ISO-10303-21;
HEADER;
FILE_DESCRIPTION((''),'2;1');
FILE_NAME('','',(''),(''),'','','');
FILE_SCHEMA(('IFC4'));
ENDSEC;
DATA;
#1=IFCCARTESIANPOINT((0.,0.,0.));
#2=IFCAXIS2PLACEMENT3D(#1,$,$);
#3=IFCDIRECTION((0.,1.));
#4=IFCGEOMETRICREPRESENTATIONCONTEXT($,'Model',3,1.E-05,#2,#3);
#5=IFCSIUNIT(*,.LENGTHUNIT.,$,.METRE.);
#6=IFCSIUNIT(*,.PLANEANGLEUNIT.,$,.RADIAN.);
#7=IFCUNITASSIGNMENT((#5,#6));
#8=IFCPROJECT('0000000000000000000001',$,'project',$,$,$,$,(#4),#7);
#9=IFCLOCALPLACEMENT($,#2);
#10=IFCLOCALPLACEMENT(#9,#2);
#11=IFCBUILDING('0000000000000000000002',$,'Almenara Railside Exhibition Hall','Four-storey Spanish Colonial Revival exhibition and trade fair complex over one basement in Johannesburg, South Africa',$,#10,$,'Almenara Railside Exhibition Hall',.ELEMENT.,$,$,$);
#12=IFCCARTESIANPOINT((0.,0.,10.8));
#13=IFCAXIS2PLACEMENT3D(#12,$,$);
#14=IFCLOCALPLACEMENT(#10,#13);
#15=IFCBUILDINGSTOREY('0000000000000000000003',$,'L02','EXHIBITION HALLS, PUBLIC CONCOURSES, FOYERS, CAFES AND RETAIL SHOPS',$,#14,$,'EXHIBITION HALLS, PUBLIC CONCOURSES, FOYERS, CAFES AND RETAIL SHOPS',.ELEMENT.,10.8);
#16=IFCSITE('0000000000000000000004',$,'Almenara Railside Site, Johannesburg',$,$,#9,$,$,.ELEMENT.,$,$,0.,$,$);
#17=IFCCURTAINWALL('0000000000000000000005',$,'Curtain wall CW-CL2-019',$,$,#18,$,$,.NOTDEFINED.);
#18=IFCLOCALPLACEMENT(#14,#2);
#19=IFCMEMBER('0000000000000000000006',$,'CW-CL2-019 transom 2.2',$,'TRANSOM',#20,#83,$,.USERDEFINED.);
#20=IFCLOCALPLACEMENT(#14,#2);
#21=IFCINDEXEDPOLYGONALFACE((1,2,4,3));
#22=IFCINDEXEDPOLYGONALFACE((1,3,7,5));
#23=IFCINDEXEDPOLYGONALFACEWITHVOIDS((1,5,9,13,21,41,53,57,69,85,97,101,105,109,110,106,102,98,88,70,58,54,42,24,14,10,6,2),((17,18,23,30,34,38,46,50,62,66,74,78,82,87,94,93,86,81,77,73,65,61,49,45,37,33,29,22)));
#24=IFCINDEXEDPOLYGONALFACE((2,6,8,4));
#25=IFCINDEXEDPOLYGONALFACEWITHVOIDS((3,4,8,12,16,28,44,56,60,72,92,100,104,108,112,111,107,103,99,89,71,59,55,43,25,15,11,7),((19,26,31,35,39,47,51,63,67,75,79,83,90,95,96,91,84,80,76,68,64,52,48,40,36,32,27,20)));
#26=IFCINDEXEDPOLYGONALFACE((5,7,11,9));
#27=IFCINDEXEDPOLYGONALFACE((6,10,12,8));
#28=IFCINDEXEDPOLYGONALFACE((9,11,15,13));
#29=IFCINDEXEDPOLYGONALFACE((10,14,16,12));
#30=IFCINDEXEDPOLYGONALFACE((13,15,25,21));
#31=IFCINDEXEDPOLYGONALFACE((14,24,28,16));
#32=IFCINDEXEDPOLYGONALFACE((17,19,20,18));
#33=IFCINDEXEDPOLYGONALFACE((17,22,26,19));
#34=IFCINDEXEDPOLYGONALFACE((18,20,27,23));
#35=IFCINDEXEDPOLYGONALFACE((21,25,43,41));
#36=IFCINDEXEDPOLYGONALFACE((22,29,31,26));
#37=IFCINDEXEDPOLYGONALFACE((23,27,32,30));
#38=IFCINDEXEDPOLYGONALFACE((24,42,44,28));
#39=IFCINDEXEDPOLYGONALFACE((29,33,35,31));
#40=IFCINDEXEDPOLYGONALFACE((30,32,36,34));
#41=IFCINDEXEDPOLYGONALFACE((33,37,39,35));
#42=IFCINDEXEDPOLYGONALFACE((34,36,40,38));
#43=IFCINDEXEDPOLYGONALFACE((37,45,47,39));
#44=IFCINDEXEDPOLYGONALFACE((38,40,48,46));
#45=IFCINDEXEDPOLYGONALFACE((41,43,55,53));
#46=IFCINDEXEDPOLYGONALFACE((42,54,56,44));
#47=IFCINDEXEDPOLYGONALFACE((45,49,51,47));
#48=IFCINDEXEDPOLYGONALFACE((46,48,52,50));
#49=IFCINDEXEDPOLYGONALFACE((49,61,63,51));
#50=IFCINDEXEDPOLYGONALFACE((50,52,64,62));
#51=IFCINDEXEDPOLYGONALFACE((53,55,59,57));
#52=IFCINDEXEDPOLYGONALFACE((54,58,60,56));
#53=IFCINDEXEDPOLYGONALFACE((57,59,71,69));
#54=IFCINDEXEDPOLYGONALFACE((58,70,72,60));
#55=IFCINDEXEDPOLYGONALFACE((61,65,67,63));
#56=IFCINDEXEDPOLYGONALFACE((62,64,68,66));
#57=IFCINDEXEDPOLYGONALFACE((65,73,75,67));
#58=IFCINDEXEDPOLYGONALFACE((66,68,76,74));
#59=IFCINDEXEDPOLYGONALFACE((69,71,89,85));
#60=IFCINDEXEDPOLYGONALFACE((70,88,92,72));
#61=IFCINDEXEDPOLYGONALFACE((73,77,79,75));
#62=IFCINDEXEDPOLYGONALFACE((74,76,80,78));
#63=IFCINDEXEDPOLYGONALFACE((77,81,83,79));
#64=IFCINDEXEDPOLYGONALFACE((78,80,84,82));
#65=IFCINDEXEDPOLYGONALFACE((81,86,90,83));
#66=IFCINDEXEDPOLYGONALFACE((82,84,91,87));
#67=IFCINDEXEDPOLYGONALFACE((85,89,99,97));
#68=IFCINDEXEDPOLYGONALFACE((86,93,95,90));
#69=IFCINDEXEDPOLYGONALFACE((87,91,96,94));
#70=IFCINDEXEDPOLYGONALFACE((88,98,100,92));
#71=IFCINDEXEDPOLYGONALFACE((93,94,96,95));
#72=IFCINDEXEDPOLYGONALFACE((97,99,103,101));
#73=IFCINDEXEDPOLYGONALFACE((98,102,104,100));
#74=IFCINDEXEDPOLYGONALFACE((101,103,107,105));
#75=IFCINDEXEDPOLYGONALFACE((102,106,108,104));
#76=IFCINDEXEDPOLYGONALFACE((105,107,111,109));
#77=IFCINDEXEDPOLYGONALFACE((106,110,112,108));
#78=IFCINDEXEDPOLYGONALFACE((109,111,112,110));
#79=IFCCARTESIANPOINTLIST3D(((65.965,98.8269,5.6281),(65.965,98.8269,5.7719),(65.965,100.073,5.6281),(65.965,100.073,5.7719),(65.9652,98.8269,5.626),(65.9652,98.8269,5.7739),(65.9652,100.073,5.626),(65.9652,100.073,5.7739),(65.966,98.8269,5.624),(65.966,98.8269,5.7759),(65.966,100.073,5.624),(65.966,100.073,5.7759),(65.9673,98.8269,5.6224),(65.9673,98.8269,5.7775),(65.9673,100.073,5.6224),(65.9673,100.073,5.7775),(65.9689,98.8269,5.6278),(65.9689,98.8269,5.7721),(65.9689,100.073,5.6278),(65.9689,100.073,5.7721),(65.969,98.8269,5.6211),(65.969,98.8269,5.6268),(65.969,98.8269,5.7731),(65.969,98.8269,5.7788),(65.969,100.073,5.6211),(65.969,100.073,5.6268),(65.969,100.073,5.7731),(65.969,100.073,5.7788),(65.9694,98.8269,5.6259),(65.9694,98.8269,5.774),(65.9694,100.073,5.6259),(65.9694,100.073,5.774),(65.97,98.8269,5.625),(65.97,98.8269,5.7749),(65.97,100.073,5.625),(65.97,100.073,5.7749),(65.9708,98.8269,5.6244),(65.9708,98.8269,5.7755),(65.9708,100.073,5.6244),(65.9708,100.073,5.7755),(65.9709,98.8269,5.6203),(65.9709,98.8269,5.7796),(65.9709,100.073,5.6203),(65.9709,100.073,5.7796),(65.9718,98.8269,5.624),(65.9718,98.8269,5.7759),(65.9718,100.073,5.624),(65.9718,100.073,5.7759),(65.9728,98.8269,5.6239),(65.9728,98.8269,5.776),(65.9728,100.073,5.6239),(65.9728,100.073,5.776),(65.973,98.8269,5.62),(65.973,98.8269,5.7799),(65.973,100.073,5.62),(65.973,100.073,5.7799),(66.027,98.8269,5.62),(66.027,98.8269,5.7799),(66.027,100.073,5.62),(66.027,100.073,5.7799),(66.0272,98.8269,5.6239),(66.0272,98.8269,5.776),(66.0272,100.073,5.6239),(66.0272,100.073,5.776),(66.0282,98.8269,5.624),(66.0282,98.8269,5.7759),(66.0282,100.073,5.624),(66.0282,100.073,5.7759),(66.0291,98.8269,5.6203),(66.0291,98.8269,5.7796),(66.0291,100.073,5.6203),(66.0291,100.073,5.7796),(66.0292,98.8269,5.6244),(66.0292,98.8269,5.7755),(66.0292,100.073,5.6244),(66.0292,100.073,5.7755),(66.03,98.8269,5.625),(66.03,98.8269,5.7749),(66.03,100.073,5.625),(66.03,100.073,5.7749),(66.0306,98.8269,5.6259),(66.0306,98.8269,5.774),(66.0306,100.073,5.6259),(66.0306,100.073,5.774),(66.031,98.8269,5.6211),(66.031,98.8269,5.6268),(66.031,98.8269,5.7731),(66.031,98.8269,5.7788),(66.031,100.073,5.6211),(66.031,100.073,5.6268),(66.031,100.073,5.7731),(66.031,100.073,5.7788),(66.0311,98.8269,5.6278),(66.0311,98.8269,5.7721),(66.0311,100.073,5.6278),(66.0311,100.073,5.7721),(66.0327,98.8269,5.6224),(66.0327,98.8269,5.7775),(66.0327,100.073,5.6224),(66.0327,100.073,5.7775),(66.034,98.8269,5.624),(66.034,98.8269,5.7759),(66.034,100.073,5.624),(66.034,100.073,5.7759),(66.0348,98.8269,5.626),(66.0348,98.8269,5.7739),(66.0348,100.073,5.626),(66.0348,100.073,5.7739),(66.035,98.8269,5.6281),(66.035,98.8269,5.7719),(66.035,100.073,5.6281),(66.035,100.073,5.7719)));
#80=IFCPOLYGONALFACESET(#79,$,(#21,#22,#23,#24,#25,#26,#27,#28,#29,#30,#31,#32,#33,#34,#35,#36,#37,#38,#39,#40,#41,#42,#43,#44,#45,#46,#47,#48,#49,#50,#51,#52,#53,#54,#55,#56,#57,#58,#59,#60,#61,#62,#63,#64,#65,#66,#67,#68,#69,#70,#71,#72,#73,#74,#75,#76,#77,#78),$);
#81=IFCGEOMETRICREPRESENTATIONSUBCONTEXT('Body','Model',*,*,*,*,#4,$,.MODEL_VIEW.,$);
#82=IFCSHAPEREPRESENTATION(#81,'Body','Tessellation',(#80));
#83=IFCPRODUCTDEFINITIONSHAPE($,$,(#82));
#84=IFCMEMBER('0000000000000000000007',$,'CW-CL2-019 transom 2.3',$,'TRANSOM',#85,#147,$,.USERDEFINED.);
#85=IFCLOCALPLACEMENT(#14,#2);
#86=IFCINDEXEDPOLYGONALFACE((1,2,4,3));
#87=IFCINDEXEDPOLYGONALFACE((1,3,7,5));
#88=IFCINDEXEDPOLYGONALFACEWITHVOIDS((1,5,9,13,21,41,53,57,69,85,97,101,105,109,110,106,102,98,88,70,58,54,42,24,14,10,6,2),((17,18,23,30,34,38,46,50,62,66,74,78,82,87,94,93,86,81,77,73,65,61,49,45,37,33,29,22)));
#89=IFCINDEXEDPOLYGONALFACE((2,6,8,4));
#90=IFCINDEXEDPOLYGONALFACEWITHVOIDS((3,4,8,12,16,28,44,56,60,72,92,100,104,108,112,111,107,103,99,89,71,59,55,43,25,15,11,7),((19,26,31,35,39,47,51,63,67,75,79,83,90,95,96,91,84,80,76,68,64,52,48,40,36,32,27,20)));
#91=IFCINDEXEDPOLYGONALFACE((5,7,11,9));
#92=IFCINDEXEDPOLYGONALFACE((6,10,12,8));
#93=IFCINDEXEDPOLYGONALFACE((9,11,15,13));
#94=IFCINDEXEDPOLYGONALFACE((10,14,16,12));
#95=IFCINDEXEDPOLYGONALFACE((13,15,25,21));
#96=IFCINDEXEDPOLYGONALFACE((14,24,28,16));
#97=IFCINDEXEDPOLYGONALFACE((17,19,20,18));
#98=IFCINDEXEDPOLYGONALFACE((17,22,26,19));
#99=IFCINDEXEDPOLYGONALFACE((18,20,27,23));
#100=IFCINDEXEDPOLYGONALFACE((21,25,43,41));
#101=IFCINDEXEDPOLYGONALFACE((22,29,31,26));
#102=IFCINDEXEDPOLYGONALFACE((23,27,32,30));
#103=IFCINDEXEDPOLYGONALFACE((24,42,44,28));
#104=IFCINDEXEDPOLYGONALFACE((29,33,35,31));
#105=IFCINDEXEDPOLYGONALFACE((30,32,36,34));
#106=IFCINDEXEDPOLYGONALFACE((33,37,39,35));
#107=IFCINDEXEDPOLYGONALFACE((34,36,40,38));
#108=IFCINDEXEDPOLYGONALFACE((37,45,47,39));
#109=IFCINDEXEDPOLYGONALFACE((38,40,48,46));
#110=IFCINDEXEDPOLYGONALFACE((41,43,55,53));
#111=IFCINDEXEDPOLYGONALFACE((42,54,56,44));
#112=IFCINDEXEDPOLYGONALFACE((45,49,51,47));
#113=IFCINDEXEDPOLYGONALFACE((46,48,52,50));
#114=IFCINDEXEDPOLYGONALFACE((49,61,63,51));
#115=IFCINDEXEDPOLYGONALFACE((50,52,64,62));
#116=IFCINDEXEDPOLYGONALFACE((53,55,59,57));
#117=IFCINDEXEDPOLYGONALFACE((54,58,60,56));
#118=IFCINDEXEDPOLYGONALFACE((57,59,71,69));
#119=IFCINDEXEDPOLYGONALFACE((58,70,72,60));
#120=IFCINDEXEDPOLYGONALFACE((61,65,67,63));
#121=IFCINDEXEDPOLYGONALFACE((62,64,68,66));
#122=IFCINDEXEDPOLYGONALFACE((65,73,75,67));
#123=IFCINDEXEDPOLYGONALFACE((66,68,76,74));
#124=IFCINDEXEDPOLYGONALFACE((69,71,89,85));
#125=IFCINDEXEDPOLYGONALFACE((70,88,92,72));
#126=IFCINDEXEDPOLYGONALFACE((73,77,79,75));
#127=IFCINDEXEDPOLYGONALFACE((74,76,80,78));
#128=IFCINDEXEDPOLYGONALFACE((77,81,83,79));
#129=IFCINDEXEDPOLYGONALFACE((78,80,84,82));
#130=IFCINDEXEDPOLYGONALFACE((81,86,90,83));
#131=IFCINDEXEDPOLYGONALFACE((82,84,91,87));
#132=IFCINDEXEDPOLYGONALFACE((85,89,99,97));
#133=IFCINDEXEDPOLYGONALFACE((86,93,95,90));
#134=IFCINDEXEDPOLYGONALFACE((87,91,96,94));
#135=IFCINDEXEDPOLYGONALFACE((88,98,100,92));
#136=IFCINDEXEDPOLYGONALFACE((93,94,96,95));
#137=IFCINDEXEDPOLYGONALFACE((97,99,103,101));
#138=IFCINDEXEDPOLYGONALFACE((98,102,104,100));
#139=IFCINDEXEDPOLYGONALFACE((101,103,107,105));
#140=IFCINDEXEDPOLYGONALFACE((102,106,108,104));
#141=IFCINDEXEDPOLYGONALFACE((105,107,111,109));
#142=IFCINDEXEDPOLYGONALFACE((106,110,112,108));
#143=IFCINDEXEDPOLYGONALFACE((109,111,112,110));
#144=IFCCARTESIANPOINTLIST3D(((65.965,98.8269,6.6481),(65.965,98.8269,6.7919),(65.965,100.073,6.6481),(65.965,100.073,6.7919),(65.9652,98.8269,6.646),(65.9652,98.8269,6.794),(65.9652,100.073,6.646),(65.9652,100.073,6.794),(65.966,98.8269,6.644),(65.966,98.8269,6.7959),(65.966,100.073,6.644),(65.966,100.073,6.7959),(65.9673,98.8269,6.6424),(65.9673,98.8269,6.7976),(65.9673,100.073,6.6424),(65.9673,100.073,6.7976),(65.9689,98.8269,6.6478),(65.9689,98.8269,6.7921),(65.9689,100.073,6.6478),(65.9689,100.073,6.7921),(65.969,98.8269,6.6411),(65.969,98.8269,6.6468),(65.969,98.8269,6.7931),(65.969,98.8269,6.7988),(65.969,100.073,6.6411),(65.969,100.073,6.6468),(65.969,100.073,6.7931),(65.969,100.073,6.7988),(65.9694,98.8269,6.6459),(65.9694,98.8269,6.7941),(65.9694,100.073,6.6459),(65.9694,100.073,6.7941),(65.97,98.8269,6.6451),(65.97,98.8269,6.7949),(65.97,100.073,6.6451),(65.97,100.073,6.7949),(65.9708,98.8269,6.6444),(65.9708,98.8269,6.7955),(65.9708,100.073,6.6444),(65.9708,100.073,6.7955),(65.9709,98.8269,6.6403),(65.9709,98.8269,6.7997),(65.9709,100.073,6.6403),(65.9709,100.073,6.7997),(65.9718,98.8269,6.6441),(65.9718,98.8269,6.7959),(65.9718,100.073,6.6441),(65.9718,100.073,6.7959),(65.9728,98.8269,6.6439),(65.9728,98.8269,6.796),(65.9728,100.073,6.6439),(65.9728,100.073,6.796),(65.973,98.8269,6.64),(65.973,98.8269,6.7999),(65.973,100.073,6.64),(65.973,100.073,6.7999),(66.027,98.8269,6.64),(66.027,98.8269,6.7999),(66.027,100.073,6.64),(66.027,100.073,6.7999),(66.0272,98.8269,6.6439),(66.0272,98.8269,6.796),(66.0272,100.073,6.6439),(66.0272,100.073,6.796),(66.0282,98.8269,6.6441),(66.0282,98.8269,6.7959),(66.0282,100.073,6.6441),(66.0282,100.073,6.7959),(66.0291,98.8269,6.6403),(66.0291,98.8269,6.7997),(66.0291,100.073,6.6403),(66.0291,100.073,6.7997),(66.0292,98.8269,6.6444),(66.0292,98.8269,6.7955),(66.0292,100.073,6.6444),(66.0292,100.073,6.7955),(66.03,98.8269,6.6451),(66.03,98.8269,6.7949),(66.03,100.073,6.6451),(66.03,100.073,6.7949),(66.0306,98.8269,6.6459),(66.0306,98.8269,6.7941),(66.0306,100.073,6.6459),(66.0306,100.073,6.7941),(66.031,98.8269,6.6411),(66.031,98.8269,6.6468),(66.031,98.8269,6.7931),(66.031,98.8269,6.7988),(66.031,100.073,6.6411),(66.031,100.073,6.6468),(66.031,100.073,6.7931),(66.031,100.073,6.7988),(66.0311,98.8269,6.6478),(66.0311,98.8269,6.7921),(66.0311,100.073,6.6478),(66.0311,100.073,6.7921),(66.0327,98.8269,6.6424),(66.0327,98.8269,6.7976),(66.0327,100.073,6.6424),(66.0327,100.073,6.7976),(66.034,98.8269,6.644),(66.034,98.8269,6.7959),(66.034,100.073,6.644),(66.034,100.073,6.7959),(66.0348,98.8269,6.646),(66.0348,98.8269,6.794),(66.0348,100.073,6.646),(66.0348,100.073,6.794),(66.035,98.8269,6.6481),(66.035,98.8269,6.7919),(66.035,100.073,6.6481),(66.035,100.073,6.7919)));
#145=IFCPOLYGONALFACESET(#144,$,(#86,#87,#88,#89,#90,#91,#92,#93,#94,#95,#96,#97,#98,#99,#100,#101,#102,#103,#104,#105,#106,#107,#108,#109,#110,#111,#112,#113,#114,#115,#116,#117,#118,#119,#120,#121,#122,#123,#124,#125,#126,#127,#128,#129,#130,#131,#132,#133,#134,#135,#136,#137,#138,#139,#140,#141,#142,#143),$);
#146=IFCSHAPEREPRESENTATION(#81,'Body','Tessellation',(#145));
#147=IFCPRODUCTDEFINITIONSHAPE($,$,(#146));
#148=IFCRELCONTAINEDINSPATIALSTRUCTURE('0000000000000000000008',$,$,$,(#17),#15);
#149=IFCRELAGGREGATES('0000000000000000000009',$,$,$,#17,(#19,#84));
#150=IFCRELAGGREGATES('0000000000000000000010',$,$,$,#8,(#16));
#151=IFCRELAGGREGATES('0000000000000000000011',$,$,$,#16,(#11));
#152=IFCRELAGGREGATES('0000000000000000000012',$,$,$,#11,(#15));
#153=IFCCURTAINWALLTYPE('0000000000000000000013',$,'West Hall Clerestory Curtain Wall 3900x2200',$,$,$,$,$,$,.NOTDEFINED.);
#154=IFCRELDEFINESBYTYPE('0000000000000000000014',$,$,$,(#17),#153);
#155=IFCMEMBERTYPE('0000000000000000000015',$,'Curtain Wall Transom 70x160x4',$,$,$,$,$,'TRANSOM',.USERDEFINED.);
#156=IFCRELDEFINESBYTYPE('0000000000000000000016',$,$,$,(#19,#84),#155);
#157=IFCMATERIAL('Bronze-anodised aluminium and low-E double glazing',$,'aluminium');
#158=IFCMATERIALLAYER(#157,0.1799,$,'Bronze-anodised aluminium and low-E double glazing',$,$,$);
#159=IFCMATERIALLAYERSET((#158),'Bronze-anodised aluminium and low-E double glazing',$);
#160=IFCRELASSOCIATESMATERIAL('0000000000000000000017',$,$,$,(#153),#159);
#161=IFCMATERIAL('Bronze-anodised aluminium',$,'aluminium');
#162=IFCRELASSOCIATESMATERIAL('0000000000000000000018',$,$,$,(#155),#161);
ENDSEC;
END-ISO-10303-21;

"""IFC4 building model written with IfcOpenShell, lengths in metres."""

from ifc_helpers import new_model, si_unit, direction, frame, origin, origin_2d, place, context, subcontext, project, spatial, hollow_rectangle, extrude, material, layer, layer_set, material_profile, profile_set, type_object, element, aggregate, save


model = new_model("IFC4")

# Units and contexts
model_context = context("Model", 3, precision=1e-05, world=origin(), true_north=direction((0.0, 1.0)))
body_context = subcontext(model_context, "Body", "Model", "MODEL_VIEW")
ifc_project = project(units=[si_unit("LENGTHUNIT", "METRE"), si_unit("PLANEANGLEUNIT", "RADIAN")], contexts=[model_context])

# Site, building, storey
site_placement = place(None, origin())
site = spatial("IfcSite", under=ifc_project, at=site_placement, Name="Almenara Railside Site, Johannesburg", CompositionType="ELEMENT", RefElevation=0.0)
building_placement = place(site_placement, origin())
building = spatial("IfcBuilding", under=site, at=building_placement, Name="Almenara Railside Exhibition Hall", Description="Four-storey Spanish Colonial Revival exhibition and trade fair complex over one basement in Johannesburg, South Africa", LongName="Almenara Railside Exhibition Hall", CompositionType="ELEMENT")
storey_placement = place(building_placement, frame((0.0, 0.0, 10.8)))
storey = spatial("IfcBuildingStorey", under=building, at=storey_placement, Name="L02", Description="EXHIBITION HALLS, PUBLIC CONCOURSES, FOYERS, CAFES AND RETAIL SHOPS", LongName="EXHIBITION HALLS, PUBLIC CONCOURSES, FOYERS, CAFES AND RETAIL SHOPS", CompositionType="ELEMENT", Elevation=10.8)

# Curtain wall
ifc_material_1 = material(Name="Bronze-anodised aluminium and low-E double glazing", Category="aluminium")
ifc_layer_1 = layer(ifc_material_1, 0.1799, Name="Bronze-anodised aluminium and low-E double glazing")
ifc_layer_set_1 = layer_set([ifc_layer_1], Name="Bronze-anodised aluminium and low-E double glazing")
curtain_wall_type = type_object("IfcCurtainWallType", Name="West Hall Clerestory Curtain Wall 3900x2200", PredefinedType="NOTDEFINED", material=ifc_layer_set_1)
ifc_material_2 = material(Name="Bronze-anodised aluminium", Category="aluminium")
curtain_wall_1_placement = place(storey_placement, origin())
curtain_wall_1 = element("IfcCurtainWall", 1, at=curtain_wall_1_placement, inside=storey, type_object=curtain_wall_type, Name="Curtain wall CW-CL2-019", PredefinedType="NOTDEFINED")

# Members
ifc_material_profile_1 = material_profile(ifc_material_2, hollow_rectangle(XDim=0.0701, YDim=0.1599, WallThickness=0.0039, InnerFilletRadius=0.0039, OuterFilletRadius=0.0081, at=origin_2d()), Name="ALU-TRN 70x160x4")
ifc_profile_set_1 = profile_set([ifc_material_profile_1], Name="Bronze-anodised aluminium")
member_type_1 = type_object("IfcMemberType", Name="Curtain Wall Transom 70x160x4", ElementType="TRANSOM", PredefinedType="USERDEFINED", material=ifc_profile_set_1)
member_1_placement = place(storey_placement, frame((66.0, 98.8269, 5.7), z_axis=(0.0, 1.0, 0.0), x_axis=(-1.0, 0.0, 0.0)))
member_1 = element("IfcMember", 2, at=member_1_placement, type_object=member_type_1, Name="CW-CL2-019 transom 2.2", ObjectType="TRANSOM", PredefinedType="USERDEFINED", context=body_context, shape_type="SweptSolid", body=[
    extrude(hollow_rectangle(XDim=0.0701, YDim=0.1599, WallThickness=0.0039, InnerFilletRadius=0.0039, OuterFilletRadius=0.0081, at=origin_2d()), origin(), (0.0, 0.0, 1.0), 1.2461),
])
member_2_placement = place(storey_placement, frame((66.0, 98.8269, 6.72), z_axis=(0.0, 1.0, 0.0), x_axis=(-1.0, 0.0, 0.0)))
member_2 = element("IfcMember", 3, at=member_2_placement, type_object=member_type_1, Name="CW-CL2-019 transom 2.3", ObjectType="TRANSOM", PredefinedType="USERDEFINED", context=body_context, shape_type="SweptSolid", body=[
    extrude(hollow_rectangle(XDim=0.0701, YDim=0.1599, WallThickness=0.0039, InnerFilletRadius=0.0039, OuterFilletRadius=0.0081, at=origin_2d()), origin(), (0.0, 0.0, 1.0), 1.2461),
])

aggregate(curtain_wall_1, [member_1, member_2])

save(model, "model.ifc")
